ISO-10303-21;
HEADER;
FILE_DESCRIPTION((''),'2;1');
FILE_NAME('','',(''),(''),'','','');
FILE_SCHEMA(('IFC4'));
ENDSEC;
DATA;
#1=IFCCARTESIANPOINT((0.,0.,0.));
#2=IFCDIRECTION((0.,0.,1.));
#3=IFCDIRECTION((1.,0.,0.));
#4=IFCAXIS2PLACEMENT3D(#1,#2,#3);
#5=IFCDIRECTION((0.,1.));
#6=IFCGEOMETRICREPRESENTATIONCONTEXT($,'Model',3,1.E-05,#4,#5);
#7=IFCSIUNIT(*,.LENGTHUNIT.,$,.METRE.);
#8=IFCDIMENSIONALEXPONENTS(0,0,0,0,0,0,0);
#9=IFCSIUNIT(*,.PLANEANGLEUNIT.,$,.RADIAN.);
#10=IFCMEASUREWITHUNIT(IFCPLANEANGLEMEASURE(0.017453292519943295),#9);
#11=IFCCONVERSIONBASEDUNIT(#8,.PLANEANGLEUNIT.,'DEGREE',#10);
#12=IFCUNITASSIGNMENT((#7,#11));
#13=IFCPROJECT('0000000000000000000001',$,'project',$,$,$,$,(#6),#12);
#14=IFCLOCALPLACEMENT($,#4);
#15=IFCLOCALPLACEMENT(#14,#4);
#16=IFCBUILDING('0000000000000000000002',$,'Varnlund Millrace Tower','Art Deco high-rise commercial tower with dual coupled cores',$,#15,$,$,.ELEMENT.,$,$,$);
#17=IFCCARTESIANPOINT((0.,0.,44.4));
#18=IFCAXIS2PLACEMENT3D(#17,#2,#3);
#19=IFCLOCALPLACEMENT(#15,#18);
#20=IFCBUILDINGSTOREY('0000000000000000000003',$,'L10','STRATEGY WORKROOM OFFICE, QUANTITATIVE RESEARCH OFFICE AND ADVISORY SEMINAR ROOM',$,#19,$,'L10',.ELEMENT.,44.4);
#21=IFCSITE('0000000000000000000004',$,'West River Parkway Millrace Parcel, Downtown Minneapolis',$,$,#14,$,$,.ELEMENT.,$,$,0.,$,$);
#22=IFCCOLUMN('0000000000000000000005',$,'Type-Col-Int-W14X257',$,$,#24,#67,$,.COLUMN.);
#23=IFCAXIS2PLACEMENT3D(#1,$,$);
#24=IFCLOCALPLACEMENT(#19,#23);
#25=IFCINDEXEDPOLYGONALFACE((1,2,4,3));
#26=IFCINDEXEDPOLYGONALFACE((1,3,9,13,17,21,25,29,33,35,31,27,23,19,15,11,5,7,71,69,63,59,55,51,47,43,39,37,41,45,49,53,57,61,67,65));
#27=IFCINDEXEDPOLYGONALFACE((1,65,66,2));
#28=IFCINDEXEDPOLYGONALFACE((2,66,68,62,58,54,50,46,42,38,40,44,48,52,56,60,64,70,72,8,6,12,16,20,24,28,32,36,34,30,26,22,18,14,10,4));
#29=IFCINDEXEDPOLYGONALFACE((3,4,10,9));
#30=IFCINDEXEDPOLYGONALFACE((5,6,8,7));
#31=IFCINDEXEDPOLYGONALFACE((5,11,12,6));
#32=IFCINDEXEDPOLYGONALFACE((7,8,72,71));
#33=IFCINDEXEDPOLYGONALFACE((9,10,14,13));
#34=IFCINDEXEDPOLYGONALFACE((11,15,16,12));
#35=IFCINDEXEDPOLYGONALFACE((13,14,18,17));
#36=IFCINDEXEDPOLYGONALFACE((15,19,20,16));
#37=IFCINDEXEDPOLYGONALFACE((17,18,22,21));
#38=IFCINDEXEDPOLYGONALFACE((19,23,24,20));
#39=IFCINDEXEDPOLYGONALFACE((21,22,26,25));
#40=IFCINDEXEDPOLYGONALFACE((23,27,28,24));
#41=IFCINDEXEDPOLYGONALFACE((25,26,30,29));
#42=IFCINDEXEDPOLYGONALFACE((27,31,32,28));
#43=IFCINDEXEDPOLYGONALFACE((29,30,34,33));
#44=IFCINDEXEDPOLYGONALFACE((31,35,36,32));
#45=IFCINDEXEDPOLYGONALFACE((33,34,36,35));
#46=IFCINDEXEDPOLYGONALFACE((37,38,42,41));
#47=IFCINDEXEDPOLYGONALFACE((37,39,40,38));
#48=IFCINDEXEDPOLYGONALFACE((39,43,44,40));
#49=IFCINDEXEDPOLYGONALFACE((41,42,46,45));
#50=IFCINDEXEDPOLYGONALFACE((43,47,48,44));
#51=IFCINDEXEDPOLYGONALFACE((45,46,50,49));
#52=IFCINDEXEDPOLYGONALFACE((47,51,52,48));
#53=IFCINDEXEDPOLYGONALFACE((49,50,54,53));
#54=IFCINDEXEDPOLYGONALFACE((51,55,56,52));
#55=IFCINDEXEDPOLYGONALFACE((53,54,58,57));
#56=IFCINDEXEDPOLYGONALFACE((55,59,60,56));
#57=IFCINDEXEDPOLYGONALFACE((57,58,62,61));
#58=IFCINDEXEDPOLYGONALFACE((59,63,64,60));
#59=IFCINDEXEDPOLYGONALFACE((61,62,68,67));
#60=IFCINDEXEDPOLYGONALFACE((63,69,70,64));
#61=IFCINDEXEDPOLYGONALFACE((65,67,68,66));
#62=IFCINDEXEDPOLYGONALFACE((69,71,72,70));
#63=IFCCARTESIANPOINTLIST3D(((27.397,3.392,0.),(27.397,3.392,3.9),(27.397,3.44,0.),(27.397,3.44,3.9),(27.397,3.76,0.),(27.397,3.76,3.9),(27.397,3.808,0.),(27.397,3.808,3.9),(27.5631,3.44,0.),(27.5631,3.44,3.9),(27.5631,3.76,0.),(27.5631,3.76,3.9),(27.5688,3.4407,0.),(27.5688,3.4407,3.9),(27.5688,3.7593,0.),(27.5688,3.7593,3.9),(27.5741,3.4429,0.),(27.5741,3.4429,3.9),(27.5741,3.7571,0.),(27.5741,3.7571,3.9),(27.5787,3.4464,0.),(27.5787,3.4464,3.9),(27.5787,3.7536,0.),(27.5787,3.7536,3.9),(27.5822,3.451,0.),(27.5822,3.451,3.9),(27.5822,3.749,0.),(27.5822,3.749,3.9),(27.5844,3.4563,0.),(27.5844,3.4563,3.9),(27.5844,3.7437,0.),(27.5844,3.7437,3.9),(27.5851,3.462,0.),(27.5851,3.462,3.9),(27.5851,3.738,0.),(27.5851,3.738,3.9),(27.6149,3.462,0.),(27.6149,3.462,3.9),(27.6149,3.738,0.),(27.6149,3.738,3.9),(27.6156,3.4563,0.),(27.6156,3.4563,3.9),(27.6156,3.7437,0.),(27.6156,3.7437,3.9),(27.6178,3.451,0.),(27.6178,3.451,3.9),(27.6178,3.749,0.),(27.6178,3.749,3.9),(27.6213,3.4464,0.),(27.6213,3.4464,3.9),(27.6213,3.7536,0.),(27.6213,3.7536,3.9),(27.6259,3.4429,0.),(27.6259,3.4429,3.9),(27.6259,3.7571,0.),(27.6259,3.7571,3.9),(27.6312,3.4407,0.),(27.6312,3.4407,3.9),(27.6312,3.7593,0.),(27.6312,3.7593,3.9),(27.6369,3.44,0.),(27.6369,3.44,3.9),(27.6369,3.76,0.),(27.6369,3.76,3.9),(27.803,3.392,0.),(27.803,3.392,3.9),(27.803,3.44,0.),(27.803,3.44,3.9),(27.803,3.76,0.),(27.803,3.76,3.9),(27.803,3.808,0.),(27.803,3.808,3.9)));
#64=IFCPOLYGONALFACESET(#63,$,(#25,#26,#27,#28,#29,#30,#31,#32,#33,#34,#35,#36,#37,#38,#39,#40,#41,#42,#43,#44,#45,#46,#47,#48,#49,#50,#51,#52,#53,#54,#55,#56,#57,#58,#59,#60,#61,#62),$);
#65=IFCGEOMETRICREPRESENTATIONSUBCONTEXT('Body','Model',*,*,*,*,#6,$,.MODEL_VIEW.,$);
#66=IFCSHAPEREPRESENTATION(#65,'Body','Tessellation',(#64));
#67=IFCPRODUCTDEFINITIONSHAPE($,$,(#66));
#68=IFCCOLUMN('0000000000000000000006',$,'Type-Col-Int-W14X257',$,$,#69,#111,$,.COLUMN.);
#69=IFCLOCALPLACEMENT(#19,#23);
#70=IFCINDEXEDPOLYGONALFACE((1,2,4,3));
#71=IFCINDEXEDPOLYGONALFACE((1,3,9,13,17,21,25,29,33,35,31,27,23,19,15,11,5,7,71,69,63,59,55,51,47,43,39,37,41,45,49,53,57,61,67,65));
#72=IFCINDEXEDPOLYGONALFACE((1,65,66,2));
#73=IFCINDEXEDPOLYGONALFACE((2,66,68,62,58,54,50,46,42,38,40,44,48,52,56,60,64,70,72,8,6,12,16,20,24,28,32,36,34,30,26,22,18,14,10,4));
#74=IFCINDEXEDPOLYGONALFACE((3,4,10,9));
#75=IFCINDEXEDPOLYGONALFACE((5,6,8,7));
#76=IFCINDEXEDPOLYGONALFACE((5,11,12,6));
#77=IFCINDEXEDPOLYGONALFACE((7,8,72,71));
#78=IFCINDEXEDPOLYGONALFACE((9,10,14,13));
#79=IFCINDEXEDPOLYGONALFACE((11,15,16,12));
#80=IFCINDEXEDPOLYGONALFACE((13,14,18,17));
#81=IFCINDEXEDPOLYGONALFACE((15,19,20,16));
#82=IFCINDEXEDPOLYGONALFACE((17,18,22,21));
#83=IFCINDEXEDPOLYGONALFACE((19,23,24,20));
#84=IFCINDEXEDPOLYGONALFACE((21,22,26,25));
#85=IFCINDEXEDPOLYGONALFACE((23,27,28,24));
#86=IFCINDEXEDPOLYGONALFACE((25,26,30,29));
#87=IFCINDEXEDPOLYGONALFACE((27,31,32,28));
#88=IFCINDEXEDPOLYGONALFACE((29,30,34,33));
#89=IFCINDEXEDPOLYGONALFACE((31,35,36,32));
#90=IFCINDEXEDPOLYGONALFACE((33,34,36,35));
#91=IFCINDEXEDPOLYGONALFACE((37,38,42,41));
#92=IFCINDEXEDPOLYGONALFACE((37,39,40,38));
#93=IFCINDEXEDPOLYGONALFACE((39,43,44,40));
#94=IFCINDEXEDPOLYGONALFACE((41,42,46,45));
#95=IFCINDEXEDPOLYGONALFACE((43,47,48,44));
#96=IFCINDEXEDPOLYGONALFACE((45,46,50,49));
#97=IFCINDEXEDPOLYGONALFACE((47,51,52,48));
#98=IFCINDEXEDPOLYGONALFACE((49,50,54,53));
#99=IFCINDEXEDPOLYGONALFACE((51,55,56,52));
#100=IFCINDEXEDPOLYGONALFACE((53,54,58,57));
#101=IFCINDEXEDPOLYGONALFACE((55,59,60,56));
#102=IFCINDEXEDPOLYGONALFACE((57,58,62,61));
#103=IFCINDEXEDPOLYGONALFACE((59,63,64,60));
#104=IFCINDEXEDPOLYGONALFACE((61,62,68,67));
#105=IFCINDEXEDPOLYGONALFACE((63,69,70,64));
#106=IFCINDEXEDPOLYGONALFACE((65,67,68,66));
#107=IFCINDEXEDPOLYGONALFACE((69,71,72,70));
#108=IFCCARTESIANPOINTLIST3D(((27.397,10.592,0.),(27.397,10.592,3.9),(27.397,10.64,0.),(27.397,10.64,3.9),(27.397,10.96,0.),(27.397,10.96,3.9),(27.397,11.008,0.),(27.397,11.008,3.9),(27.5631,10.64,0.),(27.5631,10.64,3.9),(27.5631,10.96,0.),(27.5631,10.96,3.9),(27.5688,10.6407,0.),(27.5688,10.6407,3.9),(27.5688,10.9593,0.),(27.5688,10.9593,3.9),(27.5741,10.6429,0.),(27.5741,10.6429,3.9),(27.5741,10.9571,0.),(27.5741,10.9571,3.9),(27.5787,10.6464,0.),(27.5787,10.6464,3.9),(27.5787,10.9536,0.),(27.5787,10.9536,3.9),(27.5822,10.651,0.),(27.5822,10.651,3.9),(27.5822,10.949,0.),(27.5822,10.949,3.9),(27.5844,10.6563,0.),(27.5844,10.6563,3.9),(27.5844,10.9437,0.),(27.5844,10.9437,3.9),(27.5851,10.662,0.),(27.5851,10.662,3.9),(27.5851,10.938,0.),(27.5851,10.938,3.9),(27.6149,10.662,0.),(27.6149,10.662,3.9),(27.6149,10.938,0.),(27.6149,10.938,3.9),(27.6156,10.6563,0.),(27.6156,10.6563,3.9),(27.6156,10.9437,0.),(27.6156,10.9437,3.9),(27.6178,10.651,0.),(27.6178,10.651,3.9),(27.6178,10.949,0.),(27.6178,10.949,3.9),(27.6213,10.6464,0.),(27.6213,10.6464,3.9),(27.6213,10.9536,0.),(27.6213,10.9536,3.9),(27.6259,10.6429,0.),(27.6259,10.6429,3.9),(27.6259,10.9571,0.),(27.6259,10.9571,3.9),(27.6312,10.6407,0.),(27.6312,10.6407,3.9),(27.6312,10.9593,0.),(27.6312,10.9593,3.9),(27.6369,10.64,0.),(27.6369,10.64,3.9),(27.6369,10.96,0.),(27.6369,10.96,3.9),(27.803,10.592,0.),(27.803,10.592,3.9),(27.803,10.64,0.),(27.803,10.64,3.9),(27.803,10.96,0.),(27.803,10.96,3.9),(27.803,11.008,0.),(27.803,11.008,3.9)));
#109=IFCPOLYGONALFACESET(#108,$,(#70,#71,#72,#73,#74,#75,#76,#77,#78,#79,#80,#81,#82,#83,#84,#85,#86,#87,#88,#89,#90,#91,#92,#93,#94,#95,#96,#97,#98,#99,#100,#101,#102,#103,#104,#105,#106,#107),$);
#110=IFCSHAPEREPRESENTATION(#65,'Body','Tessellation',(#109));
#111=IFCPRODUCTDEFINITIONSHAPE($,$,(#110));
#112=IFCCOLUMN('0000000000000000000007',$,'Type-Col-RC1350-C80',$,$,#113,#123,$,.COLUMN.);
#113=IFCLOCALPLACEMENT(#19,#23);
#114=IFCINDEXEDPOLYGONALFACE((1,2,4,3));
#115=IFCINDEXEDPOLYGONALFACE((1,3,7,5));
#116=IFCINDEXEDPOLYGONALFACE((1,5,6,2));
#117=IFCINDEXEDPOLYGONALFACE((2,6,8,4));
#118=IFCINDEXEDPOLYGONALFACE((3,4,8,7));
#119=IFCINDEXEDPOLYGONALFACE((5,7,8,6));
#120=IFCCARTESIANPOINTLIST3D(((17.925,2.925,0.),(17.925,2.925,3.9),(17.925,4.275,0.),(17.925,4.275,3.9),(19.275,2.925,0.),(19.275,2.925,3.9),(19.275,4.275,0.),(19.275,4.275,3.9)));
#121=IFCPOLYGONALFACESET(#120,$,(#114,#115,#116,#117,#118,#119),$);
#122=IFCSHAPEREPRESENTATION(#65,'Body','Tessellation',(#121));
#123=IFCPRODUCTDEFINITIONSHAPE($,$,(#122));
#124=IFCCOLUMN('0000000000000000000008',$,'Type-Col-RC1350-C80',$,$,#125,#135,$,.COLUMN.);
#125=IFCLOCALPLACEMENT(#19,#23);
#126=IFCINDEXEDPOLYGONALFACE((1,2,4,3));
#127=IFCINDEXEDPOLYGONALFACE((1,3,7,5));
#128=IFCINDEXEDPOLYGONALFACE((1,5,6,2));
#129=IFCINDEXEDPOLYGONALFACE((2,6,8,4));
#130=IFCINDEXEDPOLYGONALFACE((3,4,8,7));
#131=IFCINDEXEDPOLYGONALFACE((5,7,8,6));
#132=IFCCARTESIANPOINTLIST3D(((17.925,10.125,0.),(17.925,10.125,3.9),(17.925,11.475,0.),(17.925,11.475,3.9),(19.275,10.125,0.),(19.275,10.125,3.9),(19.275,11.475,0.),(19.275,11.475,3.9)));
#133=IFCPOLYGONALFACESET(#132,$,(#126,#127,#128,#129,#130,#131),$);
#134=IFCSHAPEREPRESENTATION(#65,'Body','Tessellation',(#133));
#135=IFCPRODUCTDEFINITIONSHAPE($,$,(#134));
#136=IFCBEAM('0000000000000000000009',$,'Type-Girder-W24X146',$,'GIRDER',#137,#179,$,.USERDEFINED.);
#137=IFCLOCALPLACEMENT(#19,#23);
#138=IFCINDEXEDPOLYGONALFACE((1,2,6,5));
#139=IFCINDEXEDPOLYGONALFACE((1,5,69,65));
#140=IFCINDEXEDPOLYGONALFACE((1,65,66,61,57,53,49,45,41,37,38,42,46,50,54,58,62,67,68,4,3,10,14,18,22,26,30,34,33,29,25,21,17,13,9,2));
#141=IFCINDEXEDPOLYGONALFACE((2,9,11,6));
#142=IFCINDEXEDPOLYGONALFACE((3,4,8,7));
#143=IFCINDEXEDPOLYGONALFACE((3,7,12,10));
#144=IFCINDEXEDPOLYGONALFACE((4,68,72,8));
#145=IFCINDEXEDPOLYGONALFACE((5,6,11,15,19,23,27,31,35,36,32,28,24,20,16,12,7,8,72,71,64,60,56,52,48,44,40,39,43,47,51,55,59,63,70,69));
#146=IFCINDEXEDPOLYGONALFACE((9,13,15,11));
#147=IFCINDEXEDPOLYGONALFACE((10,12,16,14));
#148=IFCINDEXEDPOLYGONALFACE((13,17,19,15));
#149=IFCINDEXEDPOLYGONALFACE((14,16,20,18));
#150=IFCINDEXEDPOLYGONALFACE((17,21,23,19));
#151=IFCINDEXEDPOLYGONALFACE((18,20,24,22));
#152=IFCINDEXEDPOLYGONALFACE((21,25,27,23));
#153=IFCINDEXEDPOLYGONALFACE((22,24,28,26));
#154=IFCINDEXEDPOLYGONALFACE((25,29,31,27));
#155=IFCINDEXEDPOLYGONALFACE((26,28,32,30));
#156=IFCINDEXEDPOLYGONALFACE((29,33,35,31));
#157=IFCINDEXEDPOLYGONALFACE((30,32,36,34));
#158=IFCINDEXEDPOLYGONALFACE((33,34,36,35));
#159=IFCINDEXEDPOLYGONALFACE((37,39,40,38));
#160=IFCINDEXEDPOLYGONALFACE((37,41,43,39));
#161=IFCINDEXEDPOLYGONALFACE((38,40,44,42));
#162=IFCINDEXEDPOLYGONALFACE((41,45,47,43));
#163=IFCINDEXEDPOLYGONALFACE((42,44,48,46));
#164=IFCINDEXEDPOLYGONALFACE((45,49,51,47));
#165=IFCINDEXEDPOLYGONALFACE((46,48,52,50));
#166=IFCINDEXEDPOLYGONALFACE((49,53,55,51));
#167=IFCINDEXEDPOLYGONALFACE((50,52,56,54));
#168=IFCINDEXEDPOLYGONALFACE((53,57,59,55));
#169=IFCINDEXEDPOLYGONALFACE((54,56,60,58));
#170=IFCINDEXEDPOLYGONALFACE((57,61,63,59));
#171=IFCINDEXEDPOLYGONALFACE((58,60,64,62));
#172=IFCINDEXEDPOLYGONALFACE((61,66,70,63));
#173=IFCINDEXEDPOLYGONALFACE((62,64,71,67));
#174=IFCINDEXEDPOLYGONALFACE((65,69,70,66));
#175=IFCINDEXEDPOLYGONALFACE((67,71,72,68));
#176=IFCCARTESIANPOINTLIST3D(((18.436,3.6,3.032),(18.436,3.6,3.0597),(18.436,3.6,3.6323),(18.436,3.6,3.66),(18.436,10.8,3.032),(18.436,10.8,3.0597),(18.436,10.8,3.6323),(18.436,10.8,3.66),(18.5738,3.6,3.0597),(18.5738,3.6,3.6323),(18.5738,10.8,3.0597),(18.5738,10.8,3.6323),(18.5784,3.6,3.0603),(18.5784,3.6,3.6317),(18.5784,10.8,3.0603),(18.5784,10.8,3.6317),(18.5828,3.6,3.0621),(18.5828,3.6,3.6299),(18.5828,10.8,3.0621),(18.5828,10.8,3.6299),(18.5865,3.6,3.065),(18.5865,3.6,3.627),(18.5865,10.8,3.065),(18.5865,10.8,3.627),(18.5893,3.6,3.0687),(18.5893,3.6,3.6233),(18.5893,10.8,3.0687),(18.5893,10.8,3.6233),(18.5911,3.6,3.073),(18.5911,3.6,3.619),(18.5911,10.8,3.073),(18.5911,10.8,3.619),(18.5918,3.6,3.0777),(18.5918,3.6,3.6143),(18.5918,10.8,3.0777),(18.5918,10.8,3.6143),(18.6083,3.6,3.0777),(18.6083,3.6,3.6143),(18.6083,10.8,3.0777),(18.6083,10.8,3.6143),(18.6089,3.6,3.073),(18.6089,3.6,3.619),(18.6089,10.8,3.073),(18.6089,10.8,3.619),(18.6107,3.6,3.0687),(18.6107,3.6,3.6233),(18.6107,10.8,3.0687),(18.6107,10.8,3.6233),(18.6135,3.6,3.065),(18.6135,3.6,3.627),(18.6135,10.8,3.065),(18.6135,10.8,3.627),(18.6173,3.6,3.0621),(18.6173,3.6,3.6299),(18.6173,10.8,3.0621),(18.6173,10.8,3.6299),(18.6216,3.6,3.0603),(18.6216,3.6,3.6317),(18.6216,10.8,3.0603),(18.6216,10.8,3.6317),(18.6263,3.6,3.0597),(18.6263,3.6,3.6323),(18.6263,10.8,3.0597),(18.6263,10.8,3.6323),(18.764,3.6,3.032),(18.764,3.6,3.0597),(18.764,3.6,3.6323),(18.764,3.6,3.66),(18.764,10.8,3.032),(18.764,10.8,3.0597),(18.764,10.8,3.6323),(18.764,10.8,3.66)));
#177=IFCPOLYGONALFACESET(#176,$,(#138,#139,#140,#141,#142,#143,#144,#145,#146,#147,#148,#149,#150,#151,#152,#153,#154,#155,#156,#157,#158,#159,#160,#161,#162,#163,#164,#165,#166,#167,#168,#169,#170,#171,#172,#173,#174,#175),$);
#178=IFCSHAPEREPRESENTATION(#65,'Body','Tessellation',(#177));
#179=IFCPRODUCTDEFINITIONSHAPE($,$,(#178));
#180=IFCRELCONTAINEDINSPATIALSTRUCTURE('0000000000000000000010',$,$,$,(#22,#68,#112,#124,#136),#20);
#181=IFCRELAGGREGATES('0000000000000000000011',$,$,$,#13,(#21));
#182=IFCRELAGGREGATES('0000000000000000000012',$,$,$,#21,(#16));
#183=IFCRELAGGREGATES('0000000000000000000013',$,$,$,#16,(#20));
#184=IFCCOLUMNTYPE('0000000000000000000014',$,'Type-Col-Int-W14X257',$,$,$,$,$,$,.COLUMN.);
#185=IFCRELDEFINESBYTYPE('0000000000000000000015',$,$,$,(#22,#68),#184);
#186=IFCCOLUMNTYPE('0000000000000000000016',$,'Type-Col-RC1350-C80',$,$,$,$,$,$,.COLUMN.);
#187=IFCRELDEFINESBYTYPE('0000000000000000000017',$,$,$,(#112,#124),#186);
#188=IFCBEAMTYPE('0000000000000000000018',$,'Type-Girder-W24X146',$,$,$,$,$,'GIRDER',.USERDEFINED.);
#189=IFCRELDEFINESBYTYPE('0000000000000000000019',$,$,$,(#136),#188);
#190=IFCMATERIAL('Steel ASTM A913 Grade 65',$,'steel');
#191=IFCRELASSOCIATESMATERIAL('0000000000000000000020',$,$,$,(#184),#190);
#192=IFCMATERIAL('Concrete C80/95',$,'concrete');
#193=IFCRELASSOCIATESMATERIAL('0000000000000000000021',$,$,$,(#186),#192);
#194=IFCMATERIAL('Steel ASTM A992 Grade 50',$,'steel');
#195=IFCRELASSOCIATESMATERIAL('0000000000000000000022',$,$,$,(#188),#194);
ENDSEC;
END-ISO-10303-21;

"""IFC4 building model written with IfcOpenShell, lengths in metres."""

from ifc_helpers import new_model, entity, si_unit, converted_unit, direction, frame, origin_with_axes, origin_2d_with_axis, place, context, subcontext, project, spatial, rectangle, i_section, extrude, material, material_profile, profile_set, type_object, element, save


model = new_model("IFC4")

# Units and contexts
model_context = context("Model", 3, precision=1e-05, world=origin_with_axes(), true_north=direction((0.0, 1.0)))
body_context = subcontext(model_context, "Body", "Model", "MODEL_VIEW")
ifc_project = project(units=[si_unit("LENGTHUNIT", "METRE"), converted_unit("PLANEANGLEUNIT", "DEGREE", entity("IfcPlaneAngleMeasure", 0.017453292519943295), si_unit("PLANEANGLEUNIT", "RADIAN"), dimensions=[0, 0, 0, 0, 0, 0, 0])], contexts=[model_context])

# Site, building, storey
site_placement = place(None, origin_with_axes())
site = spatial("IfcSite", under=ifc_project, at=site_placement, Name="West River Parkway Millrace Parcel, Downtown Minneapolis", CompositionType="ELEMENT", RefElevation=0.0)
building_placement = place(site_placement, origin_with_axes())
building = spatial("IfcBuilding", under=site, at=building_placement, Name="Varnlund Millrace Tower", Description="Art Deco high-rise commercial tower with dual coupled cores", CompositionType="ELEMENT")
storey_placement = place(building_placement, frame((0.0, 0.0, 44.4), z_axis=(0.0, 0.0, 1.0), x_axis=(1.0, 0.0, 0.0)))
storey = spatial("IfcBuildingStorey", under=building, at=storey_placement, Name="L10", Description="STRATEGY WORKROOM OFFICE, QUANTITATIVE RESEARCH OFFICE AND ADVISORY SEMINAR ROOM", LongName="L10", CompositionType="ELEMENT", Elevation=44.4)

# Columns
ifc_material_1 = material(Name="Steel ASTM A913 Grade 65", Category="steel")
ifc_material_profile_1 = material_profile(ifc_material_1, i_section(OverallWidth=0.406, OverallDepth=0.416, WebThickness=0.0298, FlangeThickness=0.048, FilletRadius=0.022, at=origin_2d_with_axis()), Name="Steel ASTM A913 Grade 65")
ifc_profile_set_1 = profile_set([ifc_material_profile_1], Name="Steel ASTM A913 Grade 65")
column_type_1 = type_object("IfcColumnType", Name="Type-Col-Int-W14X257", PredefinedType="COLUMN", material=ifc_profile_set_1)
for number, where, z_axis, x_axis, name in (
    (1, (27.6, 3.6, 0.0), (0.0, 0.0, 1.0), (1.0, 0.0, 0.0), "Type-Col-Int-W14X257"),
    (2, (27.6, 10.8, 0.0), (0.0, 0.0, 1.0), (1.0, 0.0, 0.0), "Type-Col-Int-W14X257"),
):
    element("IfcColumn", number, at=place(storey_placement, frame(where, z_axis=z_axis, x_axis=x_axis)), inside=storey, type_object=column_type_1, Name=name, PredefinedType="COLUMN", context=body_context, shape_type="SweptSolid", body=[
        extrude(i_section(OverallWidth=0.406, OverallDepth=0.416, WebThickness=0.0298, FlangeThickness=0.048, FilletRadius=0.022, at=origin_2d_with_axis()), origin_with_axes(), (0.0, 0.0, 1.0), 3.9),
    ])
ifc_material_2 = material(Name="Concrete C80/95", Category="concrete")
ifc_material_profile_2 = material_profile(ifc_material_2, rectangle(XDim=1.35, YDim=1.35, at=origin_2d_with_axis()), Name="Concrete C80/95")
ifc_profile_set_2 = profile_set([ifc_material_profile_2], Name="Concrete C80/95")
column_type_2 = type_object("IfcColumnType", Name="Type-Col-RC1350-C80", PredefinedType="COLUMN", material=ifc_profile_set_2)
for number, where, z_axis, x_axis, name in (
    (3, (18.6, 3.6, 0.0), (0.0, 0.0, 1.0), (1.0, 0.0, 0.0), "Type-Col-RC1350-C80"),
    (4, (18.6, 10.8, 0.0), (0.0, 0.0, 1.0), (1.0, 0.0, 0.0), "Type-Col-RC1350-C80"),
):
    element("IfcColumn", number, at=place(storey_placement, frame(where, z_axis=z_axis, x_axis=x_axis)), inside=storey, type_object=column_type_2, Name=name, PredefinedType="COLUMN", context=body_context, shape_type="SweptSolid", body=[
        extrude(rectangle(XDim=1.35, YDim=1.35, at=origin_2d_with_axis()), origin_with_axes(), (0.0, 0.0, 1.0), 3.9),
    ])

# Beam
ifc_material_3 = material(Name="Steel ASTM A992 Grade 50", Category="steel")
ifc_material_profile_3 = material_profile(ifc_material_3, i_section(OverallWidth=0.328, OverallDepth=0.628, WebThickness=0.0165, FlangeThickness=0.0277, FilletRadius=0.018, at=origin_2d_with_axis()), Name="Steel ASTM A992 Grade 50")
ifc_profile_set_3 = profile_set([ifc_material_profile_3], Name="Steel ASTM A992 Grade 50")
beam_type_1 = type_object("IfcBeamType", Name="Type-Girder-W24X146", ElementType="GIRDER", PredefinedType="USERDEFINED", material=ifc_profile_set_3)
beam_1_placement = place(storey_placement, frame((18.6, 3.6, 3.346), z_axis=(0.0, 1.0, 0.0), x_axis=(-1.0, 0.0, 0.0)))
element("IfcBeam", 5, at=beam_1_placement, inside=storey, type_object=beam_type_1, Name="Type-Girder-W24X146", ObjectType="GIRDER", PredefinedType="USERDEFINED", context=body_context, shape_type="SweptSolid", body=[
    extrude(i_section(OverallWidth=0.328, OverallDepth=0.628, WebThickness=0.0165, FlangeThickness=0.0277, FilletRadius=0.018, at=origin_2d_with_axis()), origin_with_axes(), (0.0, 0.0, 1.0), 7.2),
])

save(model, "model.ifc")
